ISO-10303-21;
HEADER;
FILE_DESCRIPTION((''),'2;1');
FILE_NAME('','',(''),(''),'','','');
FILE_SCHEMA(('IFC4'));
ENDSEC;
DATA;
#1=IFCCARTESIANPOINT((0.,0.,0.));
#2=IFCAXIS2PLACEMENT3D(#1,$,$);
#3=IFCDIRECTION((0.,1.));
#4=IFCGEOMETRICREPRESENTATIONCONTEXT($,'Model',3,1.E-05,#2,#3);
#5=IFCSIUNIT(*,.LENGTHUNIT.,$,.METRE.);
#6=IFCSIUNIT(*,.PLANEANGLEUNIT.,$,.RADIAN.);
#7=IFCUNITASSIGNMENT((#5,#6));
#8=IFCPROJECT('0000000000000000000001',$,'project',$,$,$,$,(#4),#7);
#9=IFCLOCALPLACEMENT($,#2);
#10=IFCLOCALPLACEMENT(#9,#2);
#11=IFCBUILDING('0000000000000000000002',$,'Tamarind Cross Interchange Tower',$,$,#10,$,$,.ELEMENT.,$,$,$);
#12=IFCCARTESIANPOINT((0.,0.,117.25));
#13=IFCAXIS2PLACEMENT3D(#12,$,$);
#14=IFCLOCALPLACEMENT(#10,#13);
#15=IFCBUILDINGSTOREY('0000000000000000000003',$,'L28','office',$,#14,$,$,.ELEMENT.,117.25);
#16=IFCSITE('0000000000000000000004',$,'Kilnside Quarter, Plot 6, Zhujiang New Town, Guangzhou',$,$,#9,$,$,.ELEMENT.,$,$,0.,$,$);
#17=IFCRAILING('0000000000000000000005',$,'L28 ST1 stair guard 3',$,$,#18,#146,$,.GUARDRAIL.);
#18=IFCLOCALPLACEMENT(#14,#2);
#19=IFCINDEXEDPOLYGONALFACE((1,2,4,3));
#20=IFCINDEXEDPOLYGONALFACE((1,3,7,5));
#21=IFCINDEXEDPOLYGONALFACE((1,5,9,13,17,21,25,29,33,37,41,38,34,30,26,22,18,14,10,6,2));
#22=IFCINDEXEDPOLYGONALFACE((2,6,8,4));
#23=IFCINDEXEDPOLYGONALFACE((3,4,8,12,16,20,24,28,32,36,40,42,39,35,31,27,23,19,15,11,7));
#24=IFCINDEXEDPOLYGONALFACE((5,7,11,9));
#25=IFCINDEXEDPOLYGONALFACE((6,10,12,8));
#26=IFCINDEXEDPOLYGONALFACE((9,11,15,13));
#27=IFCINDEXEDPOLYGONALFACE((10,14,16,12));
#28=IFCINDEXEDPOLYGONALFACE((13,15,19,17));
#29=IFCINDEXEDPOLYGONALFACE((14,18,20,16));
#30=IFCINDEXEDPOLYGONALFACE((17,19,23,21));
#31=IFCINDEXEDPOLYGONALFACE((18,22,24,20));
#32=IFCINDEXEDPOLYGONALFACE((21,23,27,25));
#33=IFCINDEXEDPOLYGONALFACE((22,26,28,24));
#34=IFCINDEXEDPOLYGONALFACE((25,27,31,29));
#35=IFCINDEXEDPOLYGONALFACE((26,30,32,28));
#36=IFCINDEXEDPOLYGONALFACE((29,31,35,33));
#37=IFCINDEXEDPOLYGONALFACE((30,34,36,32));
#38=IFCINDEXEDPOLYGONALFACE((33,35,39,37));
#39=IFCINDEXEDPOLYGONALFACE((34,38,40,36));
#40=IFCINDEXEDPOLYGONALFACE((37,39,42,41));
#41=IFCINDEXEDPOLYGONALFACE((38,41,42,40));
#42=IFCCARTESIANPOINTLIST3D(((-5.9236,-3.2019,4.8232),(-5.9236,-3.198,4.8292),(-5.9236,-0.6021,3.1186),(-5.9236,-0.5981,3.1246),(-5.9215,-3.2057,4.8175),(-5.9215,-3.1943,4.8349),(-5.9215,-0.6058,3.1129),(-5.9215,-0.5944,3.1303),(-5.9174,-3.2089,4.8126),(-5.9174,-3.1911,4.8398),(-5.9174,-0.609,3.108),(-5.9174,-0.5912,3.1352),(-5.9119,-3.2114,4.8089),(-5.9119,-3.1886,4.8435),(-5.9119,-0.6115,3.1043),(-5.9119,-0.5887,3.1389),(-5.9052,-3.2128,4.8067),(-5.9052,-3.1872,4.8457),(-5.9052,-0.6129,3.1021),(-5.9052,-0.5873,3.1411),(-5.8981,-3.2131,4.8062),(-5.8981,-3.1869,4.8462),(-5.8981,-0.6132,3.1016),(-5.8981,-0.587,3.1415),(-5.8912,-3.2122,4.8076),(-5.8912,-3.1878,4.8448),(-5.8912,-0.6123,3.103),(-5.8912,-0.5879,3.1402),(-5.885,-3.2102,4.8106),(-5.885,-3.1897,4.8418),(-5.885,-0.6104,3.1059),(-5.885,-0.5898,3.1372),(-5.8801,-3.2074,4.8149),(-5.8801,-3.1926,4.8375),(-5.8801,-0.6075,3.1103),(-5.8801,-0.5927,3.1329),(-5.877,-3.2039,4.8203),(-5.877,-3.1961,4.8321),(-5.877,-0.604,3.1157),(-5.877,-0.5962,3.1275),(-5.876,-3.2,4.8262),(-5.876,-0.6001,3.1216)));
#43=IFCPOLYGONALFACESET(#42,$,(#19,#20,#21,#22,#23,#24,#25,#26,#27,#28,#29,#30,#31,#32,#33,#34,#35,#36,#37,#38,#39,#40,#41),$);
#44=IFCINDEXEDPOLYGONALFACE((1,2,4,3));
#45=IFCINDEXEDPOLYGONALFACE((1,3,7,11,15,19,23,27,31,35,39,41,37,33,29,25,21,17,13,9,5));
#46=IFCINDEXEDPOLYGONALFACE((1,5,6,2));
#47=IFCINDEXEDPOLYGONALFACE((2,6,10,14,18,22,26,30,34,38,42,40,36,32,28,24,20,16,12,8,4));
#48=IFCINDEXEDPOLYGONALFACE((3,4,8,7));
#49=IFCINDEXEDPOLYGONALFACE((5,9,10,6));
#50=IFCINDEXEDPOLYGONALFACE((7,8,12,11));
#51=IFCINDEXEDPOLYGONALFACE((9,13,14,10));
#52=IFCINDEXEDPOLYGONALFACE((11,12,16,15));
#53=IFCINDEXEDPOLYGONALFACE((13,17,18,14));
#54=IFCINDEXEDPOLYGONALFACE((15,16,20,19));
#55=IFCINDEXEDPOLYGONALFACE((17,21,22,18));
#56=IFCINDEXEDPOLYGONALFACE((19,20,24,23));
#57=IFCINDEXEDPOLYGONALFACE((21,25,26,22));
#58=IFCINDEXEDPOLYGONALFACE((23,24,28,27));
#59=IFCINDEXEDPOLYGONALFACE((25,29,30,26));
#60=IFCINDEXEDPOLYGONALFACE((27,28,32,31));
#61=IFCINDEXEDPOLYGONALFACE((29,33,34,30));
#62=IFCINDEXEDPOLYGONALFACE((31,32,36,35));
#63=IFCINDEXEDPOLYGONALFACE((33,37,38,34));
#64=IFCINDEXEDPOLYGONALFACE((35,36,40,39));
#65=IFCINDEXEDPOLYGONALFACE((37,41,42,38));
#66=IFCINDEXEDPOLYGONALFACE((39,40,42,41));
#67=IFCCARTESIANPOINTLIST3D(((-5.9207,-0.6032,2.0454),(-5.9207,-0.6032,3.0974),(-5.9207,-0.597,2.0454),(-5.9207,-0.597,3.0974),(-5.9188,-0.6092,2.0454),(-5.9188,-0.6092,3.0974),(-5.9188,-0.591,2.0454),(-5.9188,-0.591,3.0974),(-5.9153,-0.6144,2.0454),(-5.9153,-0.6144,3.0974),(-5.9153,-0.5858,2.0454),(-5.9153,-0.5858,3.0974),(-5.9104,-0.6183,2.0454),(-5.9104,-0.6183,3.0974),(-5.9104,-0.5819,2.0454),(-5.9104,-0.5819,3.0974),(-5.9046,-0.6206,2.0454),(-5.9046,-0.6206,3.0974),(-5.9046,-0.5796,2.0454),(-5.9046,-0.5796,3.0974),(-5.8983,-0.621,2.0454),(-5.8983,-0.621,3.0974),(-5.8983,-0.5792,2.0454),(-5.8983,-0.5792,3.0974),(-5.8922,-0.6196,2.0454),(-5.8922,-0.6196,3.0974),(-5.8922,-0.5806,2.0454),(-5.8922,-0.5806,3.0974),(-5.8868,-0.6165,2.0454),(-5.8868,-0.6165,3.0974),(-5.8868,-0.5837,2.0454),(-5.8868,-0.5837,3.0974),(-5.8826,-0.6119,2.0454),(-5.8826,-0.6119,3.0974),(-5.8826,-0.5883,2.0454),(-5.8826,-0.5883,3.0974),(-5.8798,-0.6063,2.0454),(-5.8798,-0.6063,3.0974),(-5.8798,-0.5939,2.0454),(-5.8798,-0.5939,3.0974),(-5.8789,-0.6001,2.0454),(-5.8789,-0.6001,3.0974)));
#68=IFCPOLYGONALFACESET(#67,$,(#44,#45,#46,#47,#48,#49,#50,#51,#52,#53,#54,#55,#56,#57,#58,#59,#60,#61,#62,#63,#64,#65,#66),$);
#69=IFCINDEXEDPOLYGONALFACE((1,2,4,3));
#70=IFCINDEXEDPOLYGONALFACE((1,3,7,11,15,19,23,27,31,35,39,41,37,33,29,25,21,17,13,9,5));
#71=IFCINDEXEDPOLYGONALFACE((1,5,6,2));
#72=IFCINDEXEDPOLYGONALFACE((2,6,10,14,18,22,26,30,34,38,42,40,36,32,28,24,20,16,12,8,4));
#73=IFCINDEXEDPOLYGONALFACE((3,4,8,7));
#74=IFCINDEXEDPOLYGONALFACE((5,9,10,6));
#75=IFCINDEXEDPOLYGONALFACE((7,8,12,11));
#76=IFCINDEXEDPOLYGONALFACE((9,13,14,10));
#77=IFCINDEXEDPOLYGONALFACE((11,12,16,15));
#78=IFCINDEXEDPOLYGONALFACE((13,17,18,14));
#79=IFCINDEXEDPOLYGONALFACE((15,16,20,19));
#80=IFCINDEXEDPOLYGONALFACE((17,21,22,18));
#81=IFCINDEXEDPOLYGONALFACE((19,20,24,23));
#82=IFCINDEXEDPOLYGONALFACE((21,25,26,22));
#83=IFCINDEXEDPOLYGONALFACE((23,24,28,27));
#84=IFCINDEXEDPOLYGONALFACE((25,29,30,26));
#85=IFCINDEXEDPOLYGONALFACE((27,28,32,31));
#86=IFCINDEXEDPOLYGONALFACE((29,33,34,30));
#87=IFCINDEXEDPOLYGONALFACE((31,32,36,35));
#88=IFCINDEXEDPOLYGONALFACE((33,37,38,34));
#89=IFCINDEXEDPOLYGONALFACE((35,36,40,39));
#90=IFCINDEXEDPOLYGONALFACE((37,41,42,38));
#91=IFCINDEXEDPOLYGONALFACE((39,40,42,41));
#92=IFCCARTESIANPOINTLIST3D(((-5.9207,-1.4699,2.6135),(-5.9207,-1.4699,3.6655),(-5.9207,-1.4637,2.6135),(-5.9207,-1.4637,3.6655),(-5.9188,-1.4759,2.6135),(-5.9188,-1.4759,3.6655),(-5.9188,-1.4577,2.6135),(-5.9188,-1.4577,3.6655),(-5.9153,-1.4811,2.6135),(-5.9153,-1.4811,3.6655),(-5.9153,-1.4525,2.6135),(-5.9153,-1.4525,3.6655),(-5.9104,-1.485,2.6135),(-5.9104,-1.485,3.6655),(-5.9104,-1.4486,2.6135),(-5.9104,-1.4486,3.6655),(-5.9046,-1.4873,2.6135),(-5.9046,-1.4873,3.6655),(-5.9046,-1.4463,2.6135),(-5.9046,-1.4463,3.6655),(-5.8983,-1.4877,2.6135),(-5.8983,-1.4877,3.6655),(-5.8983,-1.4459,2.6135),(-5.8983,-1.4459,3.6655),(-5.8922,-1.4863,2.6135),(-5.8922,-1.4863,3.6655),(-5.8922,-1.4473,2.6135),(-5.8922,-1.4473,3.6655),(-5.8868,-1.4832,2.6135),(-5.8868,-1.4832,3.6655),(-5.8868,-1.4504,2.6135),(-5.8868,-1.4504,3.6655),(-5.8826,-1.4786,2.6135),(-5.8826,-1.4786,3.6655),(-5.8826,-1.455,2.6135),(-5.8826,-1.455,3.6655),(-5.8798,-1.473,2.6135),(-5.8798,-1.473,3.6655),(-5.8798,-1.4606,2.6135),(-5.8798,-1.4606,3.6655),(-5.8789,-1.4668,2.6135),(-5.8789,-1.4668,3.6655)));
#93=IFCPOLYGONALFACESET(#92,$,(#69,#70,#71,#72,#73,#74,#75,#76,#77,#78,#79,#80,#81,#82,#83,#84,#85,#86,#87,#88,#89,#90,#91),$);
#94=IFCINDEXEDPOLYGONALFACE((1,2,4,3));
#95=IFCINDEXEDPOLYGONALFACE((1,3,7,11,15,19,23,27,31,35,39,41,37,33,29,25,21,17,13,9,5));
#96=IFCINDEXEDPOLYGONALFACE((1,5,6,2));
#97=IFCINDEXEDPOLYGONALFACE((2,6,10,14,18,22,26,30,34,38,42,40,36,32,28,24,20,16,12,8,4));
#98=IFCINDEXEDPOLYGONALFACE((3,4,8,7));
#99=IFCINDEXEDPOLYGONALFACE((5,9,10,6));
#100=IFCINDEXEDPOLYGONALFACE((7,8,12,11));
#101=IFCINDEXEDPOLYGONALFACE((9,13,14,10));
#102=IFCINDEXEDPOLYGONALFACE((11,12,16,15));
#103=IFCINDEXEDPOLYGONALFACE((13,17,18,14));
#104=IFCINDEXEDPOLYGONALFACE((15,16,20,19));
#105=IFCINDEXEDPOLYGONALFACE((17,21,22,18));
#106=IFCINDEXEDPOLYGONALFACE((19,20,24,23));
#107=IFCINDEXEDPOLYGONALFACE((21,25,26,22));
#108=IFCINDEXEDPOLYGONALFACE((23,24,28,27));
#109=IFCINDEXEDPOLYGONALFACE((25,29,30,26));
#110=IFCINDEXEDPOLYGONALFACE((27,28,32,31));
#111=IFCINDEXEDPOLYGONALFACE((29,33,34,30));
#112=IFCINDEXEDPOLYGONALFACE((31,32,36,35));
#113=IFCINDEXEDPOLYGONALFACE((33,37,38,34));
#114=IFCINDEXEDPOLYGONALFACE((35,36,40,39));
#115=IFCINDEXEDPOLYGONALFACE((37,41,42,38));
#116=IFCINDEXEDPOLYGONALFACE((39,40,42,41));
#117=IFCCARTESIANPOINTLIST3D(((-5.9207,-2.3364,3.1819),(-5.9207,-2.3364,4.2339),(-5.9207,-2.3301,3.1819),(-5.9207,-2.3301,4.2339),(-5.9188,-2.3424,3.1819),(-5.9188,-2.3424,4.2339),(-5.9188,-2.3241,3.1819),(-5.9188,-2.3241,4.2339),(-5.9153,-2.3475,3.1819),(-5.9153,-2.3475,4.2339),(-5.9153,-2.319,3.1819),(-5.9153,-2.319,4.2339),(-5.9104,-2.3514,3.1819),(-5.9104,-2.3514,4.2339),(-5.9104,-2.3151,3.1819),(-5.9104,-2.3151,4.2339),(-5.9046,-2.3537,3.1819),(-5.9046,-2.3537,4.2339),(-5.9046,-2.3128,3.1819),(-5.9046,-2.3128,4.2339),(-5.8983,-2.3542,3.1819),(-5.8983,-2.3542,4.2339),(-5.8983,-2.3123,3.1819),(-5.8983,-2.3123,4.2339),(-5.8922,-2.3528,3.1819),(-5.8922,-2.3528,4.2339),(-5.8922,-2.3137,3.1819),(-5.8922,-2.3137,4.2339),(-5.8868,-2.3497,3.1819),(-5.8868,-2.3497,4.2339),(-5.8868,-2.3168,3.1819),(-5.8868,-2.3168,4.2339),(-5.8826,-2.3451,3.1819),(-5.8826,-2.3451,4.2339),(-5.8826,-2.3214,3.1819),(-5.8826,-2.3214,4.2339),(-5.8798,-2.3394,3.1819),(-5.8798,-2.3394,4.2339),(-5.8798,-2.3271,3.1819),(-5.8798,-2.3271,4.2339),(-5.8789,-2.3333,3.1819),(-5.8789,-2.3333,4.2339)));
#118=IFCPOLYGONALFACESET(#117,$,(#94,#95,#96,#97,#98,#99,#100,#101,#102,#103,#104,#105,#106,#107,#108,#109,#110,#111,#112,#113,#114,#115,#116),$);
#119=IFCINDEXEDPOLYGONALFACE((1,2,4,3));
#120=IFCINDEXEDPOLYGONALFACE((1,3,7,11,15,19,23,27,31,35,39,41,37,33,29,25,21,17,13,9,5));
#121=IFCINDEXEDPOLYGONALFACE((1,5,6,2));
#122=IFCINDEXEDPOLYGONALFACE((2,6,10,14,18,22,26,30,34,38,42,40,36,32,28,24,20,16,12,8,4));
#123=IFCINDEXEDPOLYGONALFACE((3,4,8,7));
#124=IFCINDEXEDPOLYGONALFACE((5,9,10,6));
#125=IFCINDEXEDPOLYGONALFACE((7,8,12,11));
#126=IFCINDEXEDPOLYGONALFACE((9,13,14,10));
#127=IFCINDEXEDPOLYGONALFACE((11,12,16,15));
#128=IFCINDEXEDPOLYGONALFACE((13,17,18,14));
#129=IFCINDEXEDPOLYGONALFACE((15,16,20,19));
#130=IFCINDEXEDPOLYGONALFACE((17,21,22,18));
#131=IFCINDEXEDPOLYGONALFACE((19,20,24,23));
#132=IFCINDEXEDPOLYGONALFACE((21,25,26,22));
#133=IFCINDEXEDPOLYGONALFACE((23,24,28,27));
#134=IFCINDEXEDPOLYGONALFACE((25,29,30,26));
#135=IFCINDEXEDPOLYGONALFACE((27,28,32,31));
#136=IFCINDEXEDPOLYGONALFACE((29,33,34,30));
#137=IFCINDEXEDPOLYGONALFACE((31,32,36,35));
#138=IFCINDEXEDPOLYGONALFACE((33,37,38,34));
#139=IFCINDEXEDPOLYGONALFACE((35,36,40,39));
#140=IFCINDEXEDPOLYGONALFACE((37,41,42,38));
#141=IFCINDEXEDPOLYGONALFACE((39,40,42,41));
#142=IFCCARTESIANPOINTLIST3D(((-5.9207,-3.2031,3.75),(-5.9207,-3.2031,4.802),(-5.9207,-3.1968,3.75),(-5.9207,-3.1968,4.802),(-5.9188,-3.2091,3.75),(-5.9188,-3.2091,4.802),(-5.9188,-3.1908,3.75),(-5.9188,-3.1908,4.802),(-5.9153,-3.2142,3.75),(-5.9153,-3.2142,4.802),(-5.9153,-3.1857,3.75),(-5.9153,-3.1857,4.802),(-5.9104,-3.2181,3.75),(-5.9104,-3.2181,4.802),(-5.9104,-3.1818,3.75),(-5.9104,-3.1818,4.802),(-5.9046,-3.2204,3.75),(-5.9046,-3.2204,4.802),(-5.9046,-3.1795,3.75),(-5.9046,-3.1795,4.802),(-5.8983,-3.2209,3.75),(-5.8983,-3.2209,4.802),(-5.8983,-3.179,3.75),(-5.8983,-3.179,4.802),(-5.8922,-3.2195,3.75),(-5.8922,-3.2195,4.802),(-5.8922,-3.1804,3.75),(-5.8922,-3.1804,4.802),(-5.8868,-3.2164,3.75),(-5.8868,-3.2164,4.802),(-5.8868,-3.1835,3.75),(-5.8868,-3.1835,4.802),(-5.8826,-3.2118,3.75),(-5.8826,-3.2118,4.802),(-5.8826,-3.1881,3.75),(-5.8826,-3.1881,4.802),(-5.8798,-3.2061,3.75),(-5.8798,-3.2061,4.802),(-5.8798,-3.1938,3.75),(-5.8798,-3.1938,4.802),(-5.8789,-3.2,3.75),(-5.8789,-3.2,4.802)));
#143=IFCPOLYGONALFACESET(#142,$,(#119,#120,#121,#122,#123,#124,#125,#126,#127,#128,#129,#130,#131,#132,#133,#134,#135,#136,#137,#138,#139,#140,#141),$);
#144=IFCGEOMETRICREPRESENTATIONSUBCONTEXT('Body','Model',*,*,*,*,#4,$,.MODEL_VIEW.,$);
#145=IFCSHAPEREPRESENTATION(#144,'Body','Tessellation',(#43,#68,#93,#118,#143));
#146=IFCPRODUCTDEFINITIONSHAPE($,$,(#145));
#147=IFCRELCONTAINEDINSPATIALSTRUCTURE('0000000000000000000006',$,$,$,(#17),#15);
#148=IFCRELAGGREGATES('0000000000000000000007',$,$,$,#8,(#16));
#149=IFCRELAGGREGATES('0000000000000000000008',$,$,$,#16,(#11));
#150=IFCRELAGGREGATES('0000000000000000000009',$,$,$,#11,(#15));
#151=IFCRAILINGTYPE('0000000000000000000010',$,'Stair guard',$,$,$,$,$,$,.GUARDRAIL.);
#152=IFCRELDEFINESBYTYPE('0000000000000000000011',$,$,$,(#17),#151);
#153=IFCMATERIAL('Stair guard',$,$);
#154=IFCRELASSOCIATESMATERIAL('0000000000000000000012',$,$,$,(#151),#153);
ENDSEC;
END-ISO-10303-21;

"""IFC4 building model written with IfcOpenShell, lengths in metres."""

from ifc_helpers import new_model, si_unit, direction, frame, origin, origin_2d, place, context, subcontext, project, spatial, circle, extrude, material, type_object, element, save


model = new_model("IFC4")

# Units and contexts
model_context = context("Model", 3, precision=1e-05, world=origin(), true_north=direction((0.0, 1.0)))
body_context = subcontext(model_context, "Body", "Model", "MODEL_VIEW")
ifc_project = project(units=[si_unit("LENGTHUNIT", "METRE"), si_unit("PLANEANGLEUNIT", "RADIAN")], contexts=[model_context])

# Site, building, storey
site_placement = place(None, origin())
site = spatial("IfcSite", under=ifc_project, at=site_placement, Name="Kilnside Quarter, Plot 6, Zhujiang New Town, Guangzhou", CompositionType="ELEMENT", RefElevation=0.0)
building_placement = place(site_placement, origin())
building = spatial("IfcBuilding", under=site, at=building_placement, Name="Tamarind Cross Interchange Tower", CompositionType="ELEMENT")
storey_placement = place(building_placement, frame((0.0, 0.0, 117.25)))
storey = spatial("IfcBuildingStorey", under=building, at=storey_placement, Name="L28", Description="office", CompositionType="ELEMENT", Elevation=117.25)

# Railing
ifc_material_1 = material(Name="Stair guard")
railing_type_1 = type_object("IfcRailingType", Name="Stair guard", PredefinedType="GUARDRAIL", material=ifc_material_1)
railing_1_placement = place(storey_placement, frame((-5.8999, -0.6001, 2.0454)))
element("IfcRailing", 1, at=railing_1_placement, inside=storey, type_object=railing_type_1, Name="L28 ST1 stair guard 3", PredefinedType="GUARDRAIL", context=body_context, shape_type="SweptSolid", body=[
    extrude(circle(Radius=0.0239, at=origin_2d()), frame((0.0, 0.0, 1.0762), z_axis=(0.0, -0.836279, 0.548305), x_axis=(1.0, 0.0, 0.0)), (0.0, 0.0, 1.0), 3.1089),
    extrude(circle(Radius=0.021, at=origin_2d()), origin(), (0.0, 0.0, 1.0), 1.052),
    extrude(circle(Radius=0.021, at=origin_2d()), frame((0.0, -0.8667, 0.5681)), (0.0, 0.0, 1.0), 1.052),
    extrude(circle(Radius=0.021, at=origin_2d()), frame((0.0, -1.7332, 1.1365)), (0.0, 0.0, 1.0), 1.052),
    extrude(circle(Radius=0.021, at=origin_2d()), frame((0.0, -2.5999, 1.7046)), (0.0, 0.0, 1.0), 1.052),
])

save(model, "model.ifc")
